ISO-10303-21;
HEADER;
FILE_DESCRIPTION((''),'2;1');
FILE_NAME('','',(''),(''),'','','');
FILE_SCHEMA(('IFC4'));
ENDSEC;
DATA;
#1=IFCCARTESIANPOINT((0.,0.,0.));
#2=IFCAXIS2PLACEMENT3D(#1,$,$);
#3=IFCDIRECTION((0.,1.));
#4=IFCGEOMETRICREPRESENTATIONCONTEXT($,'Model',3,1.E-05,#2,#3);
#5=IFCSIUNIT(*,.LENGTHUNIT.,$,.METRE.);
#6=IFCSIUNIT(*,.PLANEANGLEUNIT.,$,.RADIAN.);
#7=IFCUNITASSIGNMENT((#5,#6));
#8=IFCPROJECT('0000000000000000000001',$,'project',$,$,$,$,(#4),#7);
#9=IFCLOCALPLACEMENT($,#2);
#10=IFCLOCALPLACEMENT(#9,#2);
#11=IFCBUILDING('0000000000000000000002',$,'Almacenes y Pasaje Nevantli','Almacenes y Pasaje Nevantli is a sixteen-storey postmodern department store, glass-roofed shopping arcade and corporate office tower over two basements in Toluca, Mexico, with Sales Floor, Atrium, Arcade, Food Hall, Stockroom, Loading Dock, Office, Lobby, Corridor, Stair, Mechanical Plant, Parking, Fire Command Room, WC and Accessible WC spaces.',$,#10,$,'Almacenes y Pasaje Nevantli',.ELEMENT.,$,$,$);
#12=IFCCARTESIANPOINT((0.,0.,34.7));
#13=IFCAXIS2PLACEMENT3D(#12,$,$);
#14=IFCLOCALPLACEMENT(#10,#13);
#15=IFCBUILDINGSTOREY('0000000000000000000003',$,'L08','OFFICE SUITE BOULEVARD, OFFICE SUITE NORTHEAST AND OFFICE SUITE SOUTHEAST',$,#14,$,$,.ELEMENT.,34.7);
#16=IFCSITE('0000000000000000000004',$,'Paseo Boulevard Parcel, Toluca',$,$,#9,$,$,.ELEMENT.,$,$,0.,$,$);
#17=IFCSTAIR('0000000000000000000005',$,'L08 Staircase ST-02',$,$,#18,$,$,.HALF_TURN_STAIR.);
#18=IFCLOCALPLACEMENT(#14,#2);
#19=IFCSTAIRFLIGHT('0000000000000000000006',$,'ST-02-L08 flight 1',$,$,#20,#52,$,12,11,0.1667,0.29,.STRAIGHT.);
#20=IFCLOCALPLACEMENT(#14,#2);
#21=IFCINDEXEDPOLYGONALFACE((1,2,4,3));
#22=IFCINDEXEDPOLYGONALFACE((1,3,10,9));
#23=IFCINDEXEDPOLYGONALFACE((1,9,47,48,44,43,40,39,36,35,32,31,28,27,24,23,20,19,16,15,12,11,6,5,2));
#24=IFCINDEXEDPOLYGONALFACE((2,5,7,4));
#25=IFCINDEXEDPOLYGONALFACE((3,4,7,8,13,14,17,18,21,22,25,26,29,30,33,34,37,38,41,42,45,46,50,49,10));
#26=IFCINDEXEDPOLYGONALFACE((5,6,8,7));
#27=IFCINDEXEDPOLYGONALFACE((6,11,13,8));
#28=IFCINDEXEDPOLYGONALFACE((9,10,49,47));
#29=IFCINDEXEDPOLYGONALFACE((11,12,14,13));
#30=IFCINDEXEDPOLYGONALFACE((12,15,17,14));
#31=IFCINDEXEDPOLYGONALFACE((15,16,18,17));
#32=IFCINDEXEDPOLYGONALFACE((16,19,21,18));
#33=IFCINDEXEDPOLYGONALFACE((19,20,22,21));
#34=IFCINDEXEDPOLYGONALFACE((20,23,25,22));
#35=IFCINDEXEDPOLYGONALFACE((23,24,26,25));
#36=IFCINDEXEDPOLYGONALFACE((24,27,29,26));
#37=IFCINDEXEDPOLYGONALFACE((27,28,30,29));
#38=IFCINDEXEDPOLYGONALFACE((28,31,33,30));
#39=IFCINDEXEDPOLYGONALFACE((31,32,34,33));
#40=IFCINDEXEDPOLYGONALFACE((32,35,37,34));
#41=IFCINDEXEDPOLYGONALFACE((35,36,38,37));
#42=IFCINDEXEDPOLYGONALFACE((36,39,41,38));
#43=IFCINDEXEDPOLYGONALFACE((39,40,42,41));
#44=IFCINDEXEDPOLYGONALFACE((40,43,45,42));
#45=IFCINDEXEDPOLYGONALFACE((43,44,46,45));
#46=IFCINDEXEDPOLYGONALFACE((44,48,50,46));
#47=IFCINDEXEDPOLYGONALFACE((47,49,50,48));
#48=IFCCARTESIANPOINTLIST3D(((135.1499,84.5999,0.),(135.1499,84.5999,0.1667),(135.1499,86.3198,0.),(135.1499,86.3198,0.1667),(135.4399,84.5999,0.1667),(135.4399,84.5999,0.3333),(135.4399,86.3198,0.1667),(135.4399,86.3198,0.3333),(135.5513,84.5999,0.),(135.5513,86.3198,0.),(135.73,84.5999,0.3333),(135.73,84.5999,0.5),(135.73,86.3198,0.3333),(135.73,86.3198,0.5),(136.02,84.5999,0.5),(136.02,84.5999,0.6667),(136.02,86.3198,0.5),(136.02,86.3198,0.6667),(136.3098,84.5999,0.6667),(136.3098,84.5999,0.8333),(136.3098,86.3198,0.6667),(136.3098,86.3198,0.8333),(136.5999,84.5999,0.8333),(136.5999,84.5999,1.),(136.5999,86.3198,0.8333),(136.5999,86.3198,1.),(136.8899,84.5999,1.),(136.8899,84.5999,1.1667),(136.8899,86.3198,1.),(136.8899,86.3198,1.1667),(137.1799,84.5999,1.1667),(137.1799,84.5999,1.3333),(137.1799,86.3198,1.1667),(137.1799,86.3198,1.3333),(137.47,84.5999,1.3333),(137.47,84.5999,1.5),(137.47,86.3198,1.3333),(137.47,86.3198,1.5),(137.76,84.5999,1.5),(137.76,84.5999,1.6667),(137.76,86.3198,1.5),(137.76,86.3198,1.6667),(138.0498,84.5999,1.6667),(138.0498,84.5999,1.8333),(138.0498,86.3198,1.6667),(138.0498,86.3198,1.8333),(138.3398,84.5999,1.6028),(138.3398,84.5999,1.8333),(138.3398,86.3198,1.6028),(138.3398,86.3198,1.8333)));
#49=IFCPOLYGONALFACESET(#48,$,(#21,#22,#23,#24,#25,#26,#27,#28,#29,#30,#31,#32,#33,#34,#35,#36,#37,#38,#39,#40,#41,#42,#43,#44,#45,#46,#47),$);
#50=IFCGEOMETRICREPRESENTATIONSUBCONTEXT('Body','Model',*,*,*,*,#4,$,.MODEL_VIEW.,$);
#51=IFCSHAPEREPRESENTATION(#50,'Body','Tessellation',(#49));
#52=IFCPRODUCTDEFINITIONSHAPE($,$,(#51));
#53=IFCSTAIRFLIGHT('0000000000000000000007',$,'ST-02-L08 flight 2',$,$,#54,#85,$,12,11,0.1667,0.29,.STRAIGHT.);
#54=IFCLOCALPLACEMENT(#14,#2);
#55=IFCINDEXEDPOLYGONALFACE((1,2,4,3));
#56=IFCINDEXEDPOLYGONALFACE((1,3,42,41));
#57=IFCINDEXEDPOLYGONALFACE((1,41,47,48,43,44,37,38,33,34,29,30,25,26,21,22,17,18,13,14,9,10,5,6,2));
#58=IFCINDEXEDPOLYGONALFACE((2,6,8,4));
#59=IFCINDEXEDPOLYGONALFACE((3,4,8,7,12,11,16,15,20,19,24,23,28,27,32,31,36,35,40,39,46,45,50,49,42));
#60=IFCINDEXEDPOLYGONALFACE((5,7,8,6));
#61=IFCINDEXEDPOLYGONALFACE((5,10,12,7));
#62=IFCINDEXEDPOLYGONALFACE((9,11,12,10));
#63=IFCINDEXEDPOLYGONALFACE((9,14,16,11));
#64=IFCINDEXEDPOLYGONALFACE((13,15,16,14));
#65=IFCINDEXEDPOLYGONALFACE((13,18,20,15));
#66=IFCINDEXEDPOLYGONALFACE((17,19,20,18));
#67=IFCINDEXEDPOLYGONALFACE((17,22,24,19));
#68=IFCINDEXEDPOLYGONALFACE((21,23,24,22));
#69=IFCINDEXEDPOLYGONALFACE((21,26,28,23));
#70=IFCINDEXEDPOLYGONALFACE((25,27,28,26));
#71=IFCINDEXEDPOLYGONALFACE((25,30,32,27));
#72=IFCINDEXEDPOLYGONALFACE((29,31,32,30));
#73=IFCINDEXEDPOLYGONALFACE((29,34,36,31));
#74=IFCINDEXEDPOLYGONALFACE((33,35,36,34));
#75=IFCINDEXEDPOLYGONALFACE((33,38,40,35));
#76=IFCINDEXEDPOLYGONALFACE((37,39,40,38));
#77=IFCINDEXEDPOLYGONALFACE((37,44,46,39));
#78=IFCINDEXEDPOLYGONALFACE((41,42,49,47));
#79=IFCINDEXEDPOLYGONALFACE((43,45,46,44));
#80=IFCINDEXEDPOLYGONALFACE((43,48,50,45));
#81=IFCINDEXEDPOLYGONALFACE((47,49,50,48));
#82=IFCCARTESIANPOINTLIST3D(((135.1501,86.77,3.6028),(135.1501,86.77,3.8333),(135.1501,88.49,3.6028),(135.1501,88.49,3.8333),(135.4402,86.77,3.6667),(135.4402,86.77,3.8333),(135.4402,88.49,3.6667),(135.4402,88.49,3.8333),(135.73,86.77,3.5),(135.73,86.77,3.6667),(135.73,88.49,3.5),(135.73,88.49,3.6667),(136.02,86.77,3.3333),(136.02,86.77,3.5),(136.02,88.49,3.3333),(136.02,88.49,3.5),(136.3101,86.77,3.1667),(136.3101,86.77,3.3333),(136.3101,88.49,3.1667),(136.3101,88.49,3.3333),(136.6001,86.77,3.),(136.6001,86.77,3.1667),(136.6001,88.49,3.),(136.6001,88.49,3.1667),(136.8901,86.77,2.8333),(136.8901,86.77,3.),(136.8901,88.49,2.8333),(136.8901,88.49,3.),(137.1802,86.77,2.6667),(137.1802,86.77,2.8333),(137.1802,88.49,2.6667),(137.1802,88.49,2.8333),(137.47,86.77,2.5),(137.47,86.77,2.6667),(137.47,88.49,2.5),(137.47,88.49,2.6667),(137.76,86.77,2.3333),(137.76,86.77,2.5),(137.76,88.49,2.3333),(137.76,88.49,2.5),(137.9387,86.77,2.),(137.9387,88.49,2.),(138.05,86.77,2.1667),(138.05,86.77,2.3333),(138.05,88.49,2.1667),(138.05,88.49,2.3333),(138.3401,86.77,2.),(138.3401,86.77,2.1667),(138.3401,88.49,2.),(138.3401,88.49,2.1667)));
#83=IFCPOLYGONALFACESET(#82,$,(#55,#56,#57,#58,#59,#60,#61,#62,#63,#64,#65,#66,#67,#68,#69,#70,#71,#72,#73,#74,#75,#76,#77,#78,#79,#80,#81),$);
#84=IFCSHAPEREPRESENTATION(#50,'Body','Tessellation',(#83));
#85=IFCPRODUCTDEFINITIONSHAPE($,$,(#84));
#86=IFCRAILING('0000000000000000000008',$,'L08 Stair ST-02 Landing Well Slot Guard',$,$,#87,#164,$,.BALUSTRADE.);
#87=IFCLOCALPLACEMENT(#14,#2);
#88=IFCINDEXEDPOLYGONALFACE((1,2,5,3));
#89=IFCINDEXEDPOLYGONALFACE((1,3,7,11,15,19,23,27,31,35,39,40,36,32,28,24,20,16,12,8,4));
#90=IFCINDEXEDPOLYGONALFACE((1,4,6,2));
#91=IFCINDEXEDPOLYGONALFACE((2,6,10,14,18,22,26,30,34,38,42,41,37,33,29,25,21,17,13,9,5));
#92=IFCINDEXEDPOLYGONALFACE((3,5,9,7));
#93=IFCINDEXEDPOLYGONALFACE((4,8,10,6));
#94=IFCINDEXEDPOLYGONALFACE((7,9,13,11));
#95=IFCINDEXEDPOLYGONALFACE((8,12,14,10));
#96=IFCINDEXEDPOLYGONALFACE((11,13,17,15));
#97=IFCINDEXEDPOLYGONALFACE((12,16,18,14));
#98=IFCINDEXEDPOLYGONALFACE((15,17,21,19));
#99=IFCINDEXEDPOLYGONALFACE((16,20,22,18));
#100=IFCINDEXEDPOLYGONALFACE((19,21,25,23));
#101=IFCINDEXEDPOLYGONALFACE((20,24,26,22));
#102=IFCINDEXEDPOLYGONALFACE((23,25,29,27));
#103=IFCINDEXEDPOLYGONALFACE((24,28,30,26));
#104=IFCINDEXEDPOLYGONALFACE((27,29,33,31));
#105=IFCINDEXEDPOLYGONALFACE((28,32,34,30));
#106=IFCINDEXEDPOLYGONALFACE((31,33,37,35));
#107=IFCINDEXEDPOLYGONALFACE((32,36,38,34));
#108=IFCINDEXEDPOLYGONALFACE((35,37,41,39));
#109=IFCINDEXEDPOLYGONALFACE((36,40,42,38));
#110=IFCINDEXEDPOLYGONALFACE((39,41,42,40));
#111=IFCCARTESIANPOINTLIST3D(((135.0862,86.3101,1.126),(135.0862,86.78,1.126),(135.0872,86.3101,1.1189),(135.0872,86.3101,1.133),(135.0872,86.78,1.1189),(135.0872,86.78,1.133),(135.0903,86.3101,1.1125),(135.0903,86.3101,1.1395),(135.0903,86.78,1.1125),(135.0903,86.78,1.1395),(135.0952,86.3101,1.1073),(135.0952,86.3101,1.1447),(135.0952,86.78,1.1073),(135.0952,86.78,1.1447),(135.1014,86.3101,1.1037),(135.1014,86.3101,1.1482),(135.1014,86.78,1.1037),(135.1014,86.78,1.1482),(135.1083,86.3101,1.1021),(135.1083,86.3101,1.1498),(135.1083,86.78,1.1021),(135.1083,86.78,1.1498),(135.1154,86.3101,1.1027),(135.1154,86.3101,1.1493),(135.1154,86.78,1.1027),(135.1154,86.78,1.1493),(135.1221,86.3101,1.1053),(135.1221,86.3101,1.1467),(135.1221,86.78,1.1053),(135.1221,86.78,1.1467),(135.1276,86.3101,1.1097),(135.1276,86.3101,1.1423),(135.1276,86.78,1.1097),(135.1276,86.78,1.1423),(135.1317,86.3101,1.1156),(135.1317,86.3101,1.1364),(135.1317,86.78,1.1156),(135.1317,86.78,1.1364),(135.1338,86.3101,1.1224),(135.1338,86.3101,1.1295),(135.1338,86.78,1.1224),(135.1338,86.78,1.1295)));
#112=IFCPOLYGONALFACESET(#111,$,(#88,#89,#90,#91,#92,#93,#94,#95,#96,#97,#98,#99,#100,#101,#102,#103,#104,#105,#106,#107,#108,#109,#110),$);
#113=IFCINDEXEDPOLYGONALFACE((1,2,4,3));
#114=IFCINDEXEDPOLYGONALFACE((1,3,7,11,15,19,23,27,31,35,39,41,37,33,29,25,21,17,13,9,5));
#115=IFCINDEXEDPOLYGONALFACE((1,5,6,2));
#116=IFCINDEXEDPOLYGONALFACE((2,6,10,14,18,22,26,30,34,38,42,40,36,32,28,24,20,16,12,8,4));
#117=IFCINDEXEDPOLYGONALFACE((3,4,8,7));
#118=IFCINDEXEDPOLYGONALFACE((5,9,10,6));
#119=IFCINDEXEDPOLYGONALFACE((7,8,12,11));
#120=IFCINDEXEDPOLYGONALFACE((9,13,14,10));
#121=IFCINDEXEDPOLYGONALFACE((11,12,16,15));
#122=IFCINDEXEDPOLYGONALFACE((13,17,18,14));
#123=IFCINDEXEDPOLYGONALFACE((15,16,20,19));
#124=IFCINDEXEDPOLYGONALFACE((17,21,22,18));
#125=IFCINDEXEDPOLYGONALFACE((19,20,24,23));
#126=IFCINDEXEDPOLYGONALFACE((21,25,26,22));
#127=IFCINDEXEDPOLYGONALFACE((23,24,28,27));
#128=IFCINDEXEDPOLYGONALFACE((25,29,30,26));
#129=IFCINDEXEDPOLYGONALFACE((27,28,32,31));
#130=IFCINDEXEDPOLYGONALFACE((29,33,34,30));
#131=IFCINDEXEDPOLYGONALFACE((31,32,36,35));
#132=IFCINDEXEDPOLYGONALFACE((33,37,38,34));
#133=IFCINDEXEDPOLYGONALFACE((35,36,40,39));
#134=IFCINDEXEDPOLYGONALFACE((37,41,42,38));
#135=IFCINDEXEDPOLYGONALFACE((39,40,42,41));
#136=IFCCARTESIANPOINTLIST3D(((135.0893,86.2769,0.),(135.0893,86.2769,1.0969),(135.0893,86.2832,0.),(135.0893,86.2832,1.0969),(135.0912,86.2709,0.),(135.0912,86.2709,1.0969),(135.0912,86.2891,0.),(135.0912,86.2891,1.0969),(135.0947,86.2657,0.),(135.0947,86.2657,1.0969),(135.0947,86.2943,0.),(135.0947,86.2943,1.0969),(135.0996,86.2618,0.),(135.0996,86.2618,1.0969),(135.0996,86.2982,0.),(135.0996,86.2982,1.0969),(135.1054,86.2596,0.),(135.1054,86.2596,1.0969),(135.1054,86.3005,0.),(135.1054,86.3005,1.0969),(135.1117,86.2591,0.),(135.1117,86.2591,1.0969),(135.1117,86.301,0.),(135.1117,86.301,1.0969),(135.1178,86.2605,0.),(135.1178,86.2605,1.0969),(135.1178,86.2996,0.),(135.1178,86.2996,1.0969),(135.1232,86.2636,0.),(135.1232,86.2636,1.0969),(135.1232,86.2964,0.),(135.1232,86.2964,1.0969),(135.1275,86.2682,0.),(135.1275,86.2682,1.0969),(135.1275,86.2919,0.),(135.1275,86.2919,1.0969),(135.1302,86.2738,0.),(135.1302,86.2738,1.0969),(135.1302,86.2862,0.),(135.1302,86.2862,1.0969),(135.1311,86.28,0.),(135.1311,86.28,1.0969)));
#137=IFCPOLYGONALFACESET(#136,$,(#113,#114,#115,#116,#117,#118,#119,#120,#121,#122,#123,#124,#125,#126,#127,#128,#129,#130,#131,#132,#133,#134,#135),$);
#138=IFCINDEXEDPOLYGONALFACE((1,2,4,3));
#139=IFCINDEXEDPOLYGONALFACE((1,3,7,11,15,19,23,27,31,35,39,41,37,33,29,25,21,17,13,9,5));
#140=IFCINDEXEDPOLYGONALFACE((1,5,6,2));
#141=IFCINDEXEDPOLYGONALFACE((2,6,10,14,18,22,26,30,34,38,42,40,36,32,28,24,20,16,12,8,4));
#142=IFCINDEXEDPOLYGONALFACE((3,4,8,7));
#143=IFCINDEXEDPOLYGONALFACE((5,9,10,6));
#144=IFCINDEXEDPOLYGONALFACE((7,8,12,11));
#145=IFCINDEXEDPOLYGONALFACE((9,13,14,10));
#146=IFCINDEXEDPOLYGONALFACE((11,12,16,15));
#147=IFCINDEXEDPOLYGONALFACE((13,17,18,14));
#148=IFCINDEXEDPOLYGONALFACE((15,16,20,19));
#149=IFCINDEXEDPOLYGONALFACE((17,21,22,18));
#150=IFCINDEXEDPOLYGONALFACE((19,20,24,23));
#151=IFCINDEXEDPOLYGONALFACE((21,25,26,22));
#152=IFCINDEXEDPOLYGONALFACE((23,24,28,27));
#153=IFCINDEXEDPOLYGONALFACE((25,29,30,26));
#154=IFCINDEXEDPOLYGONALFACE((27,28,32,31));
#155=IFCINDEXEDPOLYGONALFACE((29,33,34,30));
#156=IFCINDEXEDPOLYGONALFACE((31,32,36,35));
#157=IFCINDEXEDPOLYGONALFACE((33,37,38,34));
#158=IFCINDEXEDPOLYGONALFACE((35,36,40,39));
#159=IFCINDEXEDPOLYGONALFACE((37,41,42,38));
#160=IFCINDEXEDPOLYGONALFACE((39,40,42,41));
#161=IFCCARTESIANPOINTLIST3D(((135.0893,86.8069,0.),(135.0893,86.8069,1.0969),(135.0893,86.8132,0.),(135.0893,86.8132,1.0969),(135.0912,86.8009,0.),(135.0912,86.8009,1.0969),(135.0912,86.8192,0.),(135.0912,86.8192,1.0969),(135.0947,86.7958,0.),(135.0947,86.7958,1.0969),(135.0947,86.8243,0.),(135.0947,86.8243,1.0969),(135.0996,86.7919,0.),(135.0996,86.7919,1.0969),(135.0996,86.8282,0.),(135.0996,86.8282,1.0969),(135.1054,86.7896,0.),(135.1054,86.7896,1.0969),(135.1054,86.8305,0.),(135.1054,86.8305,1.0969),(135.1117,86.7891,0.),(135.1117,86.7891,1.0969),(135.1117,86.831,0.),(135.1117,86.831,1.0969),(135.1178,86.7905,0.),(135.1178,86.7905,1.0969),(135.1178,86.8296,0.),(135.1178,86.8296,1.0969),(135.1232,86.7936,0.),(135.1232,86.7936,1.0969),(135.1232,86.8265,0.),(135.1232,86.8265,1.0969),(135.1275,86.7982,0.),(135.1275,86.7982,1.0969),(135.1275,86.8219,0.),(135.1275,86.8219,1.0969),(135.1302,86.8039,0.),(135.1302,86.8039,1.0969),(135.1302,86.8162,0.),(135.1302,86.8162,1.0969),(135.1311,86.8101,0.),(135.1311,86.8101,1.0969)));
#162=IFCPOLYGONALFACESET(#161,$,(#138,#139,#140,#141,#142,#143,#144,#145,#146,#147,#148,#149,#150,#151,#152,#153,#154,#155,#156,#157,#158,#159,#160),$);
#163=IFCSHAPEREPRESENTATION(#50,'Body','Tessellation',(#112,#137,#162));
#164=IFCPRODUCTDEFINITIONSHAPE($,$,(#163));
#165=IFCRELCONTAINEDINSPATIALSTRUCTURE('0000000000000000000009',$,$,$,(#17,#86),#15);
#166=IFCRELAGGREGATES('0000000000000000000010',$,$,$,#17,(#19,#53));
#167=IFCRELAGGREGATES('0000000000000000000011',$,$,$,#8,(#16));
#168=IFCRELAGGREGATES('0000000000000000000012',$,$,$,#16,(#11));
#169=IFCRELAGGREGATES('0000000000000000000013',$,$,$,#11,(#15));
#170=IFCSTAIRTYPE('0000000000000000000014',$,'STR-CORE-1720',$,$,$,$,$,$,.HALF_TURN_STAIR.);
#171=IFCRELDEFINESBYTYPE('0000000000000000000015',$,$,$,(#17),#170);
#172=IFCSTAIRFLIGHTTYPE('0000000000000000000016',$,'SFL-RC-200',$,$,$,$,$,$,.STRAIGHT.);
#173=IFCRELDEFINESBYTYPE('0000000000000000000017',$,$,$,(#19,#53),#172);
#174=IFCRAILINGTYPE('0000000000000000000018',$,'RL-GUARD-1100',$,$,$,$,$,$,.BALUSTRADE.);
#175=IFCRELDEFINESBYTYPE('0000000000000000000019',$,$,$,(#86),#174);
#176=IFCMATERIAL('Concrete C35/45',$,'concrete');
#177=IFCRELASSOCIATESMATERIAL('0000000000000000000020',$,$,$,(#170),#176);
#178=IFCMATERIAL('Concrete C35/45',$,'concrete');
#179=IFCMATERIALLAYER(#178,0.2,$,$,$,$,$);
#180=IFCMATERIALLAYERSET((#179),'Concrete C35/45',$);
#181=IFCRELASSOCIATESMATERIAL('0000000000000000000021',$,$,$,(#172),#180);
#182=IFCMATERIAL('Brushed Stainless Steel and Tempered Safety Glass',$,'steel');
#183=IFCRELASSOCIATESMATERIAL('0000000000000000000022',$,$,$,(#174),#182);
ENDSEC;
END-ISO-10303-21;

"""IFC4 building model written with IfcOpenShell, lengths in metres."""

from ifc_helpers import new_model, si_unit, direction, frame, origin, origin_2d, place, context, subcontext, project, spatial, polyline, circle, outline, extrude, material, layer, layer_set, type_object, element, aggregate, save


model = new_model("IFC4")

# Units and contexts
model_context = context("Model", 3, precision=1e-05, world=origin(), true_north=direction((0.0, 1.0)))
body_context = subcontext(model_context, "Body", "Model", "MODEL_VIEW")
ifc_project = project(units=[si_unit("LENGTHUNIT", "METRE"), si_unit("PLANEANGLEUNIT", "RADIAN")], contexts=[model_context])

# Site, building, storey
site_placement = place(None, origin())
site = spatial("IfcSite", under=ifc_project, at=site_placement, Name="Paseo Boulevard Parcel, Toluca", CompositionType="ELEMENT", RefElevation=0.0)
building_placement = place(site_placement, origin())
building = spatial("IfcBuilding", under=site, at=building_placement, Name="Almacenes y Pasaje Nevantli", Description="Almacenes y Pasaje Nevantli is a sixteen-storey postmodern department store, glass-roofed shopping arcade and corporate office tower over two basements in Toluca, Mexico, with Sales Floor, Atrium, Arcade, Food Hall, Stockroom, Loading Dock, Office, Lobby, Corridor, Stair, Mechanical Plant, Parking, Fire Command Room, WC and Accessible WC spaces.", LongName="Almacenes y Pasaje Nevantli", CompositionType="ELEMENT")
storey_placement = place(building_placement, frame((0.0, 0.0, 34.7)))
storey = spatial("IfcBuildingStorey", under=building, at=storey_placement, Name="L08", Description="OFFICE SUITE BOULEVARD, OFFICE SUITE NORTHEAST AND OFFICE SUITE SOUTHEAST", CompositionType="ELEMENT", Elevation=34.7)

# Stair, stair flights
ifc_material_1 = material(Name="Concrete C35/45", Category="concrete")
stair_type = type_object("IfcStairType", Name="STR-CORE-1720", PredefinedType="HALF_TURN_STAIR", material=ifc_material_1)
stair_placement = place(storey_placement, origin())
stair = element("IfcStair", 1, at=stair_placement, inside=storey, type_object=stair_type, Name="L08 Staircase ST-02", PredefinedType="HALF_TURN_STAIR")
ifc_material_2 = material(Name="Concrete C35/45", Category="concrete")
ifc_layer_1 = layer(ifc_material_2, 0.2)
ifc_layer_set_1 = layer_set([ifc_layer_1], Name="Concrete C35/45")
stair_flight_type = type_object("IfcStairFlightType", Name="SFL-RC-200", PredefinedType="STRAIGHT", material=ifc_layer_set_1)
stair_flight_1_placement = place(storey_placement, frame((135.1499, 85.46, 0.0), z_axis=(0.0, 0.0, 1.0), x_axis=(1.0, 0.0, 0.0)))
stair_flight_1 = element("IfcStairFlight", 2, at=stair_flight_1_placement, type_object=stair_flight_type, Name="ST-02-L08 flight 1", NumberOfRisers=12, NumberOfTreads=11, PredefinedType="STRAIGHT", RiserHeight=0.1667, TreadLength=0.29, context=body_context, shape_type="SweptSolid", body=[
    extrude(outline(polyline([(0.0, 0.0), (0.0, 0.1667), (0.29, 0.1667), (0.29, 0.3333), (0.5801, 0.3333), (0.5801, 0.5), (0.8701, 0.5), (0.8701, 0.6667), (1.1599, 0.6667), (1.1599, 0.8333), (1.45, 0.8333), (1.45, 1.0), (1.74, 1.0), (1.74, 1.1667), (2.03, 1.1667), (2.03, 1.3333), (2.3201, 1.3333), (2.3201, 1.5), (2.6101, 1.5), (2.6101, 1.6667), (2.8999, 1.6667), (2.8999, 1.8333), (3.1899, 1.8333), (3.1899, 2.0), (3.1899, 1.6028), (0.4014, 0.0), (0.0, 0.0)])), frame((0.0, 0.8599, 0.0), z_axis=(0.0, -1.0, 0.0), x_axis=(1.0, 0.0, 0.0)), (0.0, 0.0, 1.0), 1.72),
])
stair_flight_2_placement = place(storey_placement, frame((138.3401, 87.6299, 2.0), z_axis=(0.0, 0.0, 1.0), x_axis=(-1.0, 0.0, 0.0)))
stair_flight_2 = element("IfcStairFlight", 3, at=stair_flight_2_placement, type_object=stair_flight_type, Name="ST-02-L08 flight 2", NumberOfRisers=12, NumberOfTreads=11, PredefinedType="STRAIGHT", RiserHeight=0.1667, TreadLength=0.29, context=body_context, shape_type="SweptSolid", body=[
    extrude(outline(polyline([(0.0, 0.0), (0.0, 0.1667), (0.29, 0.1667), (0.29, 0.3333), (0.5801, 0.3333), (0.5801, 0.5), (0.8701, 0.5), (0.8701, 0.6667), (1.1599, 0.6667), (1.1599, 0.8333), (1.45, 0.8333), (1.45, 1.0), (1.74, 1.0), (1.74, 1.1667), (2.03, 1.1667), (2.03, 1.3333), (2.3201, 1.3333), (2.3201, 1.5), (2.6101, 1.5), (2.6101, 1.6667), (2.8999, 1.6667), (2.8999, 1.8333), (3.1899, 1.8333), (3.1899, 2.0), (3.1899, 1.6028), (0.4014, 0.0), (0.0, 0.0)])), frame((0.0, 0.8599, 0.0), z_axis=(0.0, -1.0, 0.0), x_axis=(1.0, 0.0, 0.0)), (0.0, 0.0, 1.0), 1.72),
])
aggregate(stair, [stair_flight_1, stair_flight_2])

# Railing
ifc_material_3 = material(Name="Brushed Stainless Steel and Tempered Safety Glass", Category="steel")
railing_type_1 = type_object("IfcRailingType", Name="RL-GUARD-1100", PredefinedType="BALUSTRADE", material=ifc_material_3)
railing_1_placement = place(storey_placement, frame((135.1101, 86.28, 0.0)))
element("IfcRailing", 4, at=railing_1_placement, inside=storey, type_object=railing_type_1, Name="L08 Stair ST-02 Landing Well Slot Guard", PredefinedType="BALUSTRADE", context=body_context, shape_type="SweptSolid", body=[
    extrude(circle(Radius=0.0239, at=origin_2d()), frame((0.0, 0.03, 1.126), z_axis=(0.0, 1.0, 0.0), x_axis=(-1.0, 0.0, 0.0)), (0.0, 0.0, 1.0), 0.47),
    extrude(circle(Radius=0.021, at=origin_2d()), origin(), (0.0, 0.0, 1.0), 1.0969),
    extrude(circle(Radius=0.021, at=origin_2d()), frame((0.0, 0.53, 0.0)), (0.0, 0.0, 1.0), 1.0969),
])

save(model, "model.ifc")
